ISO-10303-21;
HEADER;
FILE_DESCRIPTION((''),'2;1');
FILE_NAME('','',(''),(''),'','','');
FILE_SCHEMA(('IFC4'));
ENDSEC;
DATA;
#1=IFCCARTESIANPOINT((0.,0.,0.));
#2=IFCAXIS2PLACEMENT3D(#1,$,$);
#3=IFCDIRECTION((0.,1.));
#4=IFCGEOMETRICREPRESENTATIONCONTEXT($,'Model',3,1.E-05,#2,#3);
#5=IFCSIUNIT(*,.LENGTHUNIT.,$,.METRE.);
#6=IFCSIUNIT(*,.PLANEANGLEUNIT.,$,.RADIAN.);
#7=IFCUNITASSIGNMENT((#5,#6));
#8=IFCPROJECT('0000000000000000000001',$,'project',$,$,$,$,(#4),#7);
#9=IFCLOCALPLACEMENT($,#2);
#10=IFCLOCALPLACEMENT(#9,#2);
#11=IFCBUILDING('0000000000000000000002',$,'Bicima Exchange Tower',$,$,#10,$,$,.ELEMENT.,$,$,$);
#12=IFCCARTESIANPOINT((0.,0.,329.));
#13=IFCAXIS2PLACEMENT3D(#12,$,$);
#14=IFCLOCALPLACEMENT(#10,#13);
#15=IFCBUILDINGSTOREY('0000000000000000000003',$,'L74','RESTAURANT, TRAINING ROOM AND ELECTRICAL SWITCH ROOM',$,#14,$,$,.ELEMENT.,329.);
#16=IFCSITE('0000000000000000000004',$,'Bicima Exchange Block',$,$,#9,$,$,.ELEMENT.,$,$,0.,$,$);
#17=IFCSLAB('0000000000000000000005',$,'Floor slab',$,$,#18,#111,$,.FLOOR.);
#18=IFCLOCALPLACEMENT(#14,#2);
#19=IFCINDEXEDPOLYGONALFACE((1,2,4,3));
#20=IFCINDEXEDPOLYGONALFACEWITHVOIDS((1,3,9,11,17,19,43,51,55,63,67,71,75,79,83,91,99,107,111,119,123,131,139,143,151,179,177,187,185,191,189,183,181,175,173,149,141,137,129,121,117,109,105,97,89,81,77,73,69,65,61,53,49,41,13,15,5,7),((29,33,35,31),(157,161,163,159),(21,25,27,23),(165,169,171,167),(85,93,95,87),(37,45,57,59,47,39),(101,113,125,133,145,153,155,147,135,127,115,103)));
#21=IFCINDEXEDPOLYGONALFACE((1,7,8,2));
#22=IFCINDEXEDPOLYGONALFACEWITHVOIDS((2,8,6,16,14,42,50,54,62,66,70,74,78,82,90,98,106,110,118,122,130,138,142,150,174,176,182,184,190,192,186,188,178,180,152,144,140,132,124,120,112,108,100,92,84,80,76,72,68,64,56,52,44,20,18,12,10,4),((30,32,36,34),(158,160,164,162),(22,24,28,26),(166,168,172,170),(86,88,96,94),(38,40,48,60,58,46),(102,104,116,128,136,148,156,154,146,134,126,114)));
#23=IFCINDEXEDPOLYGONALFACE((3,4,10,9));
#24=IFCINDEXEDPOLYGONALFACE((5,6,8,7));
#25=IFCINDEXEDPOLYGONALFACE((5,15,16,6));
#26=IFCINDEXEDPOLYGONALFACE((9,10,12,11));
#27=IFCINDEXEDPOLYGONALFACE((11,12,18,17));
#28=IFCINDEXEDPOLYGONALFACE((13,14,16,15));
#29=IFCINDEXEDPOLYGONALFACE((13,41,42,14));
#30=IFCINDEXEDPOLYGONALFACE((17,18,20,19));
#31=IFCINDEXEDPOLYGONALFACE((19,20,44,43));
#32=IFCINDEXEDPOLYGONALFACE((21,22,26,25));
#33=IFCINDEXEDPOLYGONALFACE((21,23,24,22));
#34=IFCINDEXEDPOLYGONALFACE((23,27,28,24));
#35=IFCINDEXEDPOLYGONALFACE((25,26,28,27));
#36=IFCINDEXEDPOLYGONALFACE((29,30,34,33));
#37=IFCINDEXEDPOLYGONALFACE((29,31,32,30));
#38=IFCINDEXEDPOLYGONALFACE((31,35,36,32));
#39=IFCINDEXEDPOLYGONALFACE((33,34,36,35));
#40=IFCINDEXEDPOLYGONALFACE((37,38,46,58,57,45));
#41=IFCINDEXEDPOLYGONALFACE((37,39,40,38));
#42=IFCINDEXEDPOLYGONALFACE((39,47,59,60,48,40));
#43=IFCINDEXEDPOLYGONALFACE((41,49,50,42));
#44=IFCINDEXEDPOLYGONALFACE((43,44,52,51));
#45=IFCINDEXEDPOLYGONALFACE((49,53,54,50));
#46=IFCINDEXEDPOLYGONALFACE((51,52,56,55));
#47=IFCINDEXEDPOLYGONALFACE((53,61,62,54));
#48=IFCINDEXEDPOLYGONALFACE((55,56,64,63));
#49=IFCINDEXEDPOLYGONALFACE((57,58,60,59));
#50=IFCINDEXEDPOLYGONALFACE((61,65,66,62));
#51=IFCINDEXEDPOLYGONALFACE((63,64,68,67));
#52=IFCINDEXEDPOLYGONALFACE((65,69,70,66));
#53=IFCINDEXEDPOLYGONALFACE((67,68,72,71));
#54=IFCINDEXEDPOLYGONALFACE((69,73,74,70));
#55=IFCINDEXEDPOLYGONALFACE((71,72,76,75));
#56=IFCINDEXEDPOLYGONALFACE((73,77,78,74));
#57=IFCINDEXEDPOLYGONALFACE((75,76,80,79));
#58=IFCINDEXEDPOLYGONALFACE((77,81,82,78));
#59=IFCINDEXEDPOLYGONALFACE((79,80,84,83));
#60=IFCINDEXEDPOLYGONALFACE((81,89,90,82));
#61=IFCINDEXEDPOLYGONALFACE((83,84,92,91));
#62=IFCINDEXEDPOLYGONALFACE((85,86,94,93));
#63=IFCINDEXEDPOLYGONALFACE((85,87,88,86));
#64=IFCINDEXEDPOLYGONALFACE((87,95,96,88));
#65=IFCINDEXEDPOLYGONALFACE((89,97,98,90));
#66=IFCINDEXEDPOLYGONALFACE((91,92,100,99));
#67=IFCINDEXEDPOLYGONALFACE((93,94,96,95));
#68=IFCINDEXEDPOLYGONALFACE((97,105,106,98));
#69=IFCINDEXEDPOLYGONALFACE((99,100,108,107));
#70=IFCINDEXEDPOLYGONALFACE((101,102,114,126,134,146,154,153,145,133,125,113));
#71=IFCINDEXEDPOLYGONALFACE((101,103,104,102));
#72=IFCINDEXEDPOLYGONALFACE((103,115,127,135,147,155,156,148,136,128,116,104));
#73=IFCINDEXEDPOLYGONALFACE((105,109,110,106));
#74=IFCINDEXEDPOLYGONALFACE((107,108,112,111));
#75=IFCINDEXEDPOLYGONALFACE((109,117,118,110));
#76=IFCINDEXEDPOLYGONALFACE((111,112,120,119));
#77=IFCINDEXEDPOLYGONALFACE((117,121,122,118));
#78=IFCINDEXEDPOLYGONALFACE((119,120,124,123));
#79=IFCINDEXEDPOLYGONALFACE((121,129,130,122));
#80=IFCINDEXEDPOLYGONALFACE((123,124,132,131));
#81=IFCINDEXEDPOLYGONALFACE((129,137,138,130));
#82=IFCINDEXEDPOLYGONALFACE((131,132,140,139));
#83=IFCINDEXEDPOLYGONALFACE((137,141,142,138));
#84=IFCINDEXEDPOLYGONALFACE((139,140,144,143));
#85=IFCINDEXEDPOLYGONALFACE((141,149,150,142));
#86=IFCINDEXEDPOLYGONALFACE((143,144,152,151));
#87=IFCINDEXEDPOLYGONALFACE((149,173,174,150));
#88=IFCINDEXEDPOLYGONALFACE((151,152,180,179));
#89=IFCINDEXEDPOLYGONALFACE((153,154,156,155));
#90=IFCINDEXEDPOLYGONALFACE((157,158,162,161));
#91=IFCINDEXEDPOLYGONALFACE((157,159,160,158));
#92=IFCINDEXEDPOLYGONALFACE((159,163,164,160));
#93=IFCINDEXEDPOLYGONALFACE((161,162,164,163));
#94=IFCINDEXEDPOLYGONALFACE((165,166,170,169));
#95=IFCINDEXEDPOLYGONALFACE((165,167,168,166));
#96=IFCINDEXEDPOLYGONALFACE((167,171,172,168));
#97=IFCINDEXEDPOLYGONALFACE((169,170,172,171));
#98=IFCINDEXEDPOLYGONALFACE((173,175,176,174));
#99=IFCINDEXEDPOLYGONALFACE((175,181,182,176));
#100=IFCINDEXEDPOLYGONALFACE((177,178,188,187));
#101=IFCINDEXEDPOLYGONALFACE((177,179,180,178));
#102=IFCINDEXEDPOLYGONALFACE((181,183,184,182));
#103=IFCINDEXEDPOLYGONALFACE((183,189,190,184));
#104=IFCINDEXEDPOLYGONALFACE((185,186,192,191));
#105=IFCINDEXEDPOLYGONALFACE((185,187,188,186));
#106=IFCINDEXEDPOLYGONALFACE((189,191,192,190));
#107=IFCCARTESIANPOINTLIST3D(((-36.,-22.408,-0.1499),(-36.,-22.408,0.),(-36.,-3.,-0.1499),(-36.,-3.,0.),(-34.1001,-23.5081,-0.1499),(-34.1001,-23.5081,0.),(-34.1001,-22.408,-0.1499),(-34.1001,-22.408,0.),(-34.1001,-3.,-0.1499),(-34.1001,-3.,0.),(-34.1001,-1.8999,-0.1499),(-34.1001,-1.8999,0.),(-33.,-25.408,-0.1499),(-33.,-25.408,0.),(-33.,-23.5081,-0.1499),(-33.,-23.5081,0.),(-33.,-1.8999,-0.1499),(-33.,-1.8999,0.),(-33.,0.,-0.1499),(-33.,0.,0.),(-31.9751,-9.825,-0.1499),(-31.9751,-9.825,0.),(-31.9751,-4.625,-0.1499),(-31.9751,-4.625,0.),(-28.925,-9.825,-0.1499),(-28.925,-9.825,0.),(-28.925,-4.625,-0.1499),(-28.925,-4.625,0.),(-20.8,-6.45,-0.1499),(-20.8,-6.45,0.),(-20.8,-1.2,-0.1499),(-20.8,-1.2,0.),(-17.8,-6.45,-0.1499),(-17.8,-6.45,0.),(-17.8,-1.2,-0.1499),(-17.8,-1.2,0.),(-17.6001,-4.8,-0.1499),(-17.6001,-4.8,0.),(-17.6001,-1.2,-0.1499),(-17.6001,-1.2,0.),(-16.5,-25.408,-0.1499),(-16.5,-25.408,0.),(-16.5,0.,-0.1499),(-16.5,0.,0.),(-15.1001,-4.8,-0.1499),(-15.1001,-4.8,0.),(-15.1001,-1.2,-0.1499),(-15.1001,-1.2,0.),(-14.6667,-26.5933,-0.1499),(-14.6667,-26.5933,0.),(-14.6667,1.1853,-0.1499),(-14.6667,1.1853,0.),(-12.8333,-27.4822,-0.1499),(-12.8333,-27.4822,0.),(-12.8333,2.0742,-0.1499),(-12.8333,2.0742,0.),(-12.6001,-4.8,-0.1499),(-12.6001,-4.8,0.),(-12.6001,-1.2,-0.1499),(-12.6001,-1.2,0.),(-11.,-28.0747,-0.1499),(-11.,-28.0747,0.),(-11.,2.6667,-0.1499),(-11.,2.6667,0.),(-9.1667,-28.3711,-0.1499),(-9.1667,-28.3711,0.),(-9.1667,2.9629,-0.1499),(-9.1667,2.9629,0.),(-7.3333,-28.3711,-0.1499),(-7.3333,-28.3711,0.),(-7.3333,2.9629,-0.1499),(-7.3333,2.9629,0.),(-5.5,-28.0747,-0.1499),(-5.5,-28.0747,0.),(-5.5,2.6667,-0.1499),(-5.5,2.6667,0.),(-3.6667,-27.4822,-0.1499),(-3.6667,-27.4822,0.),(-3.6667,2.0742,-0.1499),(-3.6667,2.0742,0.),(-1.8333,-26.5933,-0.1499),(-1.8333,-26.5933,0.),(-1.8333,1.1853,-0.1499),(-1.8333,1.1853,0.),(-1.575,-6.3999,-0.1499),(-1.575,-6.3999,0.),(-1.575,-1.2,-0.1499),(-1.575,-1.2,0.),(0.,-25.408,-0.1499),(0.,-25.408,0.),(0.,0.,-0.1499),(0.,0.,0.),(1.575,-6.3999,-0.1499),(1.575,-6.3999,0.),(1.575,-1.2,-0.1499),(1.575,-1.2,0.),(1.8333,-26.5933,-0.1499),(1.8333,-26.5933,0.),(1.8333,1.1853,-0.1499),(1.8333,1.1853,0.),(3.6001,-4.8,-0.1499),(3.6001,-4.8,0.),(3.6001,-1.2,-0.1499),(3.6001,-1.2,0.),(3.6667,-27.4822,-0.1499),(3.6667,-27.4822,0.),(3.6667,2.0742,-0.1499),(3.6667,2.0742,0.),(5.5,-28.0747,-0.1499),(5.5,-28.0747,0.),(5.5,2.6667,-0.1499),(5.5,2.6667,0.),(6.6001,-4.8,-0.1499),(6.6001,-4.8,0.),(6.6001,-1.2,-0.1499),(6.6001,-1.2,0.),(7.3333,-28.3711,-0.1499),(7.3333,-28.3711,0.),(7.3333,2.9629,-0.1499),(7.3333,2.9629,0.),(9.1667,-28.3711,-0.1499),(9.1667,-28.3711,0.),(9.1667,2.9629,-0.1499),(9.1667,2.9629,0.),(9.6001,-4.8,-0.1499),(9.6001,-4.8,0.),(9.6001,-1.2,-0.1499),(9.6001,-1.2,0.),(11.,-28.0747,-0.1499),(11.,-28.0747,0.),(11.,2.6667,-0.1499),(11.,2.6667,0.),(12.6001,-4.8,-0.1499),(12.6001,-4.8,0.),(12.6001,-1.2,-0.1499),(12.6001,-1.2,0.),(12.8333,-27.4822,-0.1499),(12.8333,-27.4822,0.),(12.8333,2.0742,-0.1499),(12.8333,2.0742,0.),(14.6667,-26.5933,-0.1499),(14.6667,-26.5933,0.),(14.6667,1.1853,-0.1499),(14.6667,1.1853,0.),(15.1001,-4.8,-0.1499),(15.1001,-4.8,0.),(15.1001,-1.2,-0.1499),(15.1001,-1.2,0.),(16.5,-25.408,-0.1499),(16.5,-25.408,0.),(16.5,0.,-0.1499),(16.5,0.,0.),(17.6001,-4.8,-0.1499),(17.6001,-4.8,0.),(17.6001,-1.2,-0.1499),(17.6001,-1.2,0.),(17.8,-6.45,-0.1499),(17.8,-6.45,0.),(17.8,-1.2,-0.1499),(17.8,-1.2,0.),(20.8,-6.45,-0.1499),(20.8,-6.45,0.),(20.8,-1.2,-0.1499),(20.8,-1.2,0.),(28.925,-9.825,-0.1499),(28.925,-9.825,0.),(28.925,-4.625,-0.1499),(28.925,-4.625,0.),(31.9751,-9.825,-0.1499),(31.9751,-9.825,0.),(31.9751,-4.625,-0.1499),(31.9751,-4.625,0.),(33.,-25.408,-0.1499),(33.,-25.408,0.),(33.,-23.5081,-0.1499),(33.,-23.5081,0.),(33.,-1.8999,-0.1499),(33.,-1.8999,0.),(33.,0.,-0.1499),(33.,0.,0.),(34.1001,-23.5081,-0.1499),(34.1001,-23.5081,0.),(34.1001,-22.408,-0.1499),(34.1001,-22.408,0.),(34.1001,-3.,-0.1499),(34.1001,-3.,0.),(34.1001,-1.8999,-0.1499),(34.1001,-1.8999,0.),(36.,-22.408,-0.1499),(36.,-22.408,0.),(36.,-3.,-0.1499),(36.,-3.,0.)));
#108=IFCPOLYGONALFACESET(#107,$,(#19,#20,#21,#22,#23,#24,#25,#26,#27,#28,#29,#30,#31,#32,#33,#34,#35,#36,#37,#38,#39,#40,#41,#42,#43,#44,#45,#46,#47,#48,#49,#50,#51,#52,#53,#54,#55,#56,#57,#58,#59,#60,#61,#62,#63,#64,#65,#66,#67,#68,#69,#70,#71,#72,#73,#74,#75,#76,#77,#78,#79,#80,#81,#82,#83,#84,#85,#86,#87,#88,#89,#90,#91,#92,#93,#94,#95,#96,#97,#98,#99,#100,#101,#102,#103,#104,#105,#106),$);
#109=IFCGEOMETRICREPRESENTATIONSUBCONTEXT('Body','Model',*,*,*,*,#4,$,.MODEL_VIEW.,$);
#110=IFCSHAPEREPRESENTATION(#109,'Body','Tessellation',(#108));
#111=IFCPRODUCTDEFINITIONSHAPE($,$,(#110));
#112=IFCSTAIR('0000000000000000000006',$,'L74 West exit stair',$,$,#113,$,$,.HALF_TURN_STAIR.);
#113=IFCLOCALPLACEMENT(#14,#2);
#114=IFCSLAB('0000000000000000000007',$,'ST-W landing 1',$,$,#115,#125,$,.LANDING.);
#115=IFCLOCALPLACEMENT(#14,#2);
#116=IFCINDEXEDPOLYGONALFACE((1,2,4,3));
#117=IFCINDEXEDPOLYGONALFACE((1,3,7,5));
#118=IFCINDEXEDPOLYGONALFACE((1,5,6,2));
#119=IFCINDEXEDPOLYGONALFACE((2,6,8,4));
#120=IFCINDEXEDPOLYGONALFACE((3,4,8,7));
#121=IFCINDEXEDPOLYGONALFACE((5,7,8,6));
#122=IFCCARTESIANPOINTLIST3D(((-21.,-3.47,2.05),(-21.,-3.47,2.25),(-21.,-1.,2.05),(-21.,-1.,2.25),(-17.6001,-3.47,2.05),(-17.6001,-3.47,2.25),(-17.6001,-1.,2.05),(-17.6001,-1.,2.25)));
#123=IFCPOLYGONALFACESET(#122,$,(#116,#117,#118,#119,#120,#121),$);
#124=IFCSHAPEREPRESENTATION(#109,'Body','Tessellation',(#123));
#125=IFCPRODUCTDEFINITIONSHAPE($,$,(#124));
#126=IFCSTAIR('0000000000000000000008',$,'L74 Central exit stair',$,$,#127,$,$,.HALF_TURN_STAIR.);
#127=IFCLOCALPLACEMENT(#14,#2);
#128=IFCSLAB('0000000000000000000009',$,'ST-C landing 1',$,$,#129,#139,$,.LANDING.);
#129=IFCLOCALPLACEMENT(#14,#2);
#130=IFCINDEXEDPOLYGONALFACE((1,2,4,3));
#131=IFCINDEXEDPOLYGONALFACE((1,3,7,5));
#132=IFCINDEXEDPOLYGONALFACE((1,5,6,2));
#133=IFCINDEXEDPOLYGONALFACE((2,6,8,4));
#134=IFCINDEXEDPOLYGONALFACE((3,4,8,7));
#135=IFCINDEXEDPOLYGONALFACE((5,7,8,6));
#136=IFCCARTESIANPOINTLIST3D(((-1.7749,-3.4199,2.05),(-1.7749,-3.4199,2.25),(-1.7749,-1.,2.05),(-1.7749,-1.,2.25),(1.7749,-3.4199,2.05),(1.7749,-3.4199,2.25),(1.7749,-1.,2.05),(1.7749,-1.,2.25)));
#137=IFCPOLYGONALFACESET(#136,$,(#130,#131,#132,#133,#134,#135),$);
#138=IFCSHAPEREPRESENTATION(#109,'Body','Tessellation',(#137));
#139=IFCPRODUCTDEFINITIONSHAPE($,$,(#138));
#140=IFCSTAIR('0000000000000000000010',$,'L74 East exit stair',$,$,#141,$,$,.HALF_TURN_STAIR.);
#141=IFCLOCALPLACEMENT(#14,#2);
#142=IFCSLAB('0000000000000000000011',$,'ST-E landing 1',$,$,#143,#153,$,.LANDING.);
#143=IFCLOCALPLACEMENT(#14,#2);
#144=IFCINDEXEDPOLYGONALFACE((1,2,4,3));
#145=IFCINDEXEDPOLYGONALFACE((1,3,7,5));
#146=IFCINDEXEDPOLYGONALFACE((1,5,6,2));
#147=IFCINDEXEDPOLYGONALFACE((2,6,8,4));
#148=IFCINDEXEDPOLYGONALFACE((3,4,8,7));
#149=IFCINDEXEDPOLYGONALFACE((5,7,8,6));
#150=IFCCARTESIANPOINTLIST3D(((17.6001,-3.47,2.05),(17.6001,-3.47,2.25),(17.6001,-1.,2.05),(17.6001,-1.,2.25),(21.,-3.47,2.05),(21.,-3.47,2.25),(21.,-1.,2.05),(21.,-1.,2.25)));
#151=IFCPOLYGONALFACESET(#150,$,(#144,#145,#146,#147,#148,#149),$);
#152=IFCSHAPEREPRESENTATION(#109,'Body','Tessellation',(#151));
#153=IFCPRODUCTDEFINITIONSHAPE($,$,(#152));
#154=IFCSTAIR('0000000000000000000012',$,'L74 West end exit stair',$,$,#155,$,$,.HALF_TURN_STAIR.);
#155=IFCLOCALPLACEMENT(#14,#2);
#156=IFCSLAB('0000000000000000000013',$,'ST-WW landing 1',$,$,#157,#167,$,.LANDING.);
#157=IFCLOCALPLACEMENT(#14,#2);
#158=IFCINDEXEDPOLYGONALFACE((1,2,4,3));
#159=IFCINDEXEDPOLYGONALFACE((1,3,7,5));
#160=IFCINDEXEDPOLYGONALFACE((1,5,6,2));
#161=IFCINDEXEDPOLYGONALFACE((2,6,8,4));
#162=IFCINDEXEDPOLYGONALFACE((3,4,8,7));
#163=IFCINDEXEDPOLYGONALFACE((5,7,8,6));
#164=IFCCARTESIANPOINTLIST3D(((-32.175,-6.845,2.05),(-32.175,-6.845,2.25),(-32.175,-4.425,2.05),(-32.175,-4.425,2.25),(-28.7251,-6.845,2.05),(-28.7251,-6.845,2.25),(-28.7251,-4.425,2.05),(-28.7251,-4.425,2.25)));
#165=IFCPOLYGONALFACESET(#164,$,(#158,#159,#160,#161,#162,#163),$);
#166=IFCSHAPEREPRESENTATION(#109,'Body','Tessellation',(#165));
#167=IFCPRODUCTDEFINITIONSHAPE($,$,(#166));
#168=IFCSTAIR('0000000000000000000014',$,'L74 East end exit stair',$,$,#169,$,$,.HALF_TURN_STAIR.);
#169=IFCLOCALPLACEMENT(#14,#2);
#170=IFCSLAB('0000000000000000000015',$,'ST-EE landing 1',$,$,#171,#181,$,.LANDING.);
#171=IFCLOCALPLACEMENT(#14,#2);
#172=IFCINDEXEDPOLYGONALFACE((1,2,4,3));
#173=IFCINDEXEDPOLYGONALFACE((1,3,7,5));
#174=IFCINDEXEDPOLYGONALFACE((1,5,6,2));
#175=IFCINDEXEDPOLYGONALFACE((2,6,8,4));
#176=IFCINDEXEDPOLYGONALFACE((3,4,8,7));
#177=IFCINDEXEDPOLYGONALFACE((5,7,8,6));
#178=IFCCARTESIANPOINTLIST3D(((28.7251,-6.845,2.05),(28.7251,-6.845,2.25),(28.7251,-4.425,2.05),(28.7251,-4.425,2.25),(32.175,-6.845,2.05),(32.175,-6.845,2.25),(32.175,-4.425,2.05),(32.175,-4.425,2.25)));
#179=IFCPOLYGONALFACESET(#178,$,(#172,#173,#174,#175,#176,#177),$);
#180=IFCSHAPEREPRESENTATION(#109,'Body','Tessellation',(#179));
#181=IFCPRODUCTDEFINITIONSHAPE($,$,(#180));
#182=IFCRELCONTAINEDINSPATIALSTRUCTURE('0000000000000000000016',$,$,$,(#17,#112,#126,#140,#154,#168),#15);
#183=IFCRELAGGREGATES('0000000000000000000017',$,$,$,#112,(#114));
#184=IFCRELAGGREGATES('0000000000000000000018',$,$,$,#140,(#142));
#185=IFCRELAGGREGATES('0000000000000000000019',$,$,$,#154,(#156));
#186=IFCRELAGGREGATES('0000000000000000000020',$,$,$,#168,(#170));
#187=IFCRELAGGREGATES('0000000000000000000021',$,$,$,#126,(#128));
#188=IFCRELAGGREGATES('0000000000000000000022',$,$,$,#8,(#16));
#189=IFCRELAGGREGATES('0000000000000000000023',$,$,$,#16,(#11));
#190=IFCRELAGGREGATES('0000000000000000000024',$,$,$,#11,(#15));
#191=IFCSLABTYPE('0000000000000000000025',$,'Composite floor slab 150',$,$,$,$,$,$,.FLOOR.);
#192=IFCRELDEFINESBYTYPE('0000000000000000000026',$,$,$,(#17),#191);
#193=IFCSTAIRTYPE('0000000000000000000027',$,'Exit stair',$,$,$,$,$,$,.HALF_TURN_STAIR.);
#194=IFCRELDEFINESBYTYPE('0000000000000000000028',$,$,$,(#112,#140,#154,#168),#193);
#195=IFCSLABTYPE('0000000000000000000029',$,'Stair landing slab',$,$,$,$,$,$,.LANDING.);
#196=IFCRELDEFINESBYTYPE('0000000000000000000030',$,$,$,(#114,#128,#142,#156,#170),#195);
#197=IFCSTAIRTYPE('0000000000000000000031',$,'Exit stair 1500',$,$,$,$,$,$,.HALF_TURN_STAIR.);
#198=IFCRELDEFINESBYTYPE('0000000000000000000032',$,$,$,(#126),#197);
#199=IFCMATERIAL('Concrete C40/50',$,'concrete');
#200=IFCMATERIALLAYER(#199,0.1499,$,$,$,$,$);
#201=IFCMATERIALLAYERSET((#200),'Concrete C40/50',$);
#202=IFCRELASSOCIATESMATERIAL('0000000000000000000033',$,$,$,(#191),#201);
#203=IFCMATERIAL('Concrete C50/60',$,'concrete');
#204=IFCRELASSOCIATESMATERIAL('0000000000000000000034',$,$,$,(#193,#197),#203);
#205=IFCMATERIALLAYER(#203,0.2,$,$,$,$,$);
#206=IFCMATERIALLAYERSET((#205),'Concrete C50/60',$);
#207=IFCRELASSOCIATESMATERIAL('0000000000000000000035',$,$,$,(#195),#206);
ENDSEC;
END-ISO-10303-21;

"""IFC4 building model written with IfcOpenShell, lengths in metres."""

from ifc_helpers import new_model, si_unit, direction, frame, origin, place, context, subcontext, project, spatial, polyline, outline, extrude, material, layer, layer_set, type_object, element, aggregate, save


model = new_model("IFC4")

# Units and contexts
model_context = context("Model", 3, precision=1e-05, world=origin(), true_north=direction((0.0, 1.0)))
body_context = subcontext(model_context, "Body", "Model", "MODEL_VIEW")
ifc_project = project(units=[si_unit("LENGTHUNIT", "METRE"), si_unit("PLANEANGLEUNIT", "RADIAN")], contexts=[model_context])

# Site, building, storey
site_placement = place(None, origin())
site = spatial("IfcSite", under=ifc_project, at=site_placement, Name="Bicima Exchange Block", CompositionType="ELEMENT", RefElevation=0.0)
building_placement = place(site_placement, origin())
building = spatial("IfcBuilding", under=site, at=building_placement, Name="Bicima Exchange Tower", CompositionType="ELEMENT")
storey_placement = place(building_placement, frame((0.0, 0.0, 329.0)))
storey = spatial("IfcBuildingStorey", under=building, at=storey_placement, Name="L74", Description="RESTAURANT, TRAINING ROOM AND ELECTRICAL SWITCH ROOM", CompositionType="ELEMENT", Elevation=329.0)

# Slab
ifc_material_1 = material(Name="Concrete C40/50", Category="concrete")
ifc_layer_1 = layer(ifc_material_1, 0.1499)
ifc_layer_set_1 = layer_set([ifc_layer_1], Name="Concrete C40/50")
slab_type_1 = type_object("IfcSlabType", Name="Composite floor slab 150", PredefinedType="FLOOR", material=ifc_layer_set_1)
slab_1_placement = place(storey_placement, frame((0.0, 0.0, -0.1499)))
element("IfcSlab", 1, at=slab_1_placement, inside=storey, type_object=slab_type_1, Name="Floor slab", PredefinedType="FLOOR", context=body_context, shape_type="SweptSolid", body=[
    extrude(outline(polyline([(-36.0, -22.408), (-36.0, -3.0), (-34.1001, -3.0), (-34.1001, -1.8999), (-33.0, -1.8999), (-33.0, 0.0), (-16.5, 0.0), (-14.6667, 1.1853), (-12.8333, 2.0742), (-11.0, 2.6667), (-9.1667, 2.9629), (-7.3333, 2.9629), (-5.5, 2.6667), (-3.6667, 2.0742), (-1.8333, 1.1853), (0.0, 0.0), (1.8333, 1.1853), (3.6667, 2.0742), (5.5, 2.6667), (7.3333, 2.9629), (9.1667, 2.9629), (11.0, 2.6667), (12.8333, 2.0742), (14.6667, 1.1853), (16.5, 0.0), (33.0, 0.0), (33.0, -1.8999), (34.1001, -1.8999), (34.1001, -3.0), (36.0, -3.0), (36.0, -22.408), (34.1001, -22.408), (34.1001, -23.5081), (33.0, -23.5081), (33.0, -25.408), (16.5, -25.408), (14.6667, -26.5933), (12.8333, -27.4822), (11.0, -28.0747), (9.1667, -28.3711), (7.3333, -28.3711), (5.5, -28.0747), (3.6667, -27.4822), (1.8333, -26.5933), (0.0, -25.408), (-1.8333, -26.5933), (-3.6667, -27.4822), (-5.5, -28.0747), (-7.3333, -28.3711), (-9.1667, -28.3711), (-11.0, -28.0747), (-12.8333, -27.4822), (-14.6667, -26.5933), (-16.5, -25.408), (-33.0, -25.408), (-33.0, -23.5081), (-34.1001, -23.5081), (-34.1001, -22.408), (-36.0, -22.408)]), holes=[polyline([(-28.925, -9.825), (-28.925, -4.625), (-31.9751, -4.625), (-31.9751, -9.825), (-28.925, -9.825)]), polyline([(-20.8, -6.45), (-17.8, -6.45), (-17.8, -1.2), (-20.8, -1.2), (-20.8, -6.45)]), polyline([(-1.575, -6.3999), (1.575, -6.3999), (1.575, -1.2), (-1.575, -1.2), (-1.575, -6.3999)]), polyline([(-12.6001, -1.2), (-15.1001, -1.2), (-17.6001, -1.2), (-17.6001, -4.8), (-15.1001, -4.8), (-12.6001, -4.8), (-12.6001, -1.2)]), polyline([(3.6001, -4.8), (6.6001, -4.8), (9.6001, -4.8), (12.6001, -4.8), (15.1001, -4.8), (17.6001, -4.8), (17.6001, -1.2), (15.1001, -1.2), (12.6001, -1.2), (9.6001, -1.2), (6.6001, -1.2), (3.6001, -1.2), (3.6001, -4.8)]), polyline([(31.9751, -9.825), (31.9751, -4.625), (28.925, -4.625), (28.925, -9.825), (31.9751, -9.825)]), polyline([(17.8, -6.45), (20.8, -6.45), (20.8, -1.2), (17.8, -1.2), (17.8, -6.45)])]), origin(), (0.0, 0.0, 1.0), 0.1499),
])

# Stairs, slabs
ifc_material_2 = material(Name="Concrete C50/60", Category="concrete")
stair_type_1 = type_object("IfcStairType", Name="Exit stair", PredefinedType="HALF_TURN_STAIR", material=ifc_material_2)
stair_1_placement = place(storey_placement, origin())
stair_1 = element("IfcStair", 2, at=stair_1_placement, inside=storey, type_object=stair_type_1, Name="L74 West exit stair", PredefinedType="HALF_TURN_STAIR")
ifc_layer_2 = layer(ifc_material_2, 0.2)
ifc_layer_set_2 = layer_set([ifc_layer_2], Name="Concrete C50/60")
slab_type_2 = type_object("IfcSlabType", Name="Stair landing slab", PredefinedType="LANDING", material=ifc_layer_set_2)
slab_2_placement = place(storey_placement, frame((0.0, 0.0, 2.05)))
slab_2 = element("IfcSlab", 3, at=slab_2_placement, type_object=slab_type_2, Name="ST-W landing 1", PredefinedType="LANDING", context=body_context, shape_type="SweptSolid", body=[
    extrude(outline(polyline([(-17.6001, -3.47), (-17.6001, -1.0), (-21.0, -1.0), (-21.0, -3.47), (-17.6001, -3.47)])), origin(), (0.0, 0.0, 1.0), 0.2),
])
aggregate(stair_1, [slab_2])
stair_type_2 = type_object("IfcStairType", Name="Exit stair 1500", PredefinedType="HALF_TURN_STAIR", material=ifc_material_2)
stair_2_placement = place(storey_placement, origin())
stair_2 = element("IfcStair", 4, at=stair_2_placement, inside=storey, type_object=stair_type_2, Name="L74 Central exit stair", PredefinedType="HALF_TURN_STAIR")
slab_3_placement = place(storey_placement, frame((0.0, 0.0, 2.05)))
slab_3 = element("IfcSlab", 5, at=slab_3_placement, type_object=slab_type_2, Name="ST-C landing 1", PredefinedType="LANDING", context=body_context, shape_type="SweptSolid", body=[
    extrude(outline(polyline([(1.7749, -3.4199), (1.7749, -1.0), (-1.7749, -1.0), (-1.7749, -3.4199), (1.7749, -3.4199)])), origin(), (0.0, 0.0, 1.0), 0.2),
])
stair_3_placement = place(storey_placement, origin())
stair_3 = element("IfcStair", 6, at=stair_3_placement, inside=storey, type_object=stair_type_1, Name="L74 East exit stair", PredefinedType="HALF_TURN_STAIR")
slab_4_placement = place(storey_placement, frame((0.0, 0.0, 2.05)))
slab_4 = element("IfcSlab", 7, at=slab_4_placement, type_object=slab_type_2, Name="ST-E landing 1", PredefinedType="LANDING", context=body_context, shape_type="SweptSolid", body=[
    extrude(outline(polyline([(21.0, -3.47), (21.0, -1.0), (17.6001, -1.0), (17.6001, -3.47), (21.0, -3.47)])), origin(), (0.0, 0.0, 1.0), 0.2),
])
aggregate(stair_3, [slab_4])
stair_4_placement = place(storey_placement, origin())
stair_4 = element("IfcStair", 8, at=stair_4_placement, inside=storey, type_object=stair_type_1, Name="L74 West end exit stair", PredefinedType="HALF_TURN_STAIR")
slab_5_placement = place(storey_placement, frame((0.0, 0.0, 2.05)))
slab_5 = element("IfcSlab", 9, at=slab_5_placement, type_object=slab_type_2, Name="ST-WW landing 1", PredefinedType="LANDING", context=body_context, shape_type="SweptSolid", body=[
    extrude(outline(polyline([(-28.7251, -6.845), (-28.7251, -4.425), (-32.175, -4.425), (-32.175, -6.845), (-28.7251, -6.845)])), origin(), (0.0, 0.0, 1.0), 0.2),
])
aggregate(stair_4, [slab_5])
stair_5_placement = place(storey_placement, origin())
stair_5 = element("IfcStair", 10, at=stair_5_placement, inside=storey, type_object=stair_type_1, Name="L74 East end exit stair", PredefinedType="HALF_TURN_STAIR")
slab_6_placement = place(storey_placement, frame((0.0, 0.0, 2.05)))
slab_6 = element("IfcSlab", 11, at=slab_6_placement, type_object=slab_type_2, Name="ST-EE landing 1", PredefinedType="LANDING", context=body_context, shape_type="SweptSolid", body=[
    extrude(outline(polyline([(32.175, -6.845), (32.175, -4.425), (28.7251, -4.425), (28.7251, -6.845), (32.175, -6.845)])), origin(), (0.0, 0.0, 1.0), 0.2),
])
aggregate(stair_5, [slab_6])

aggregate(stair_2, [slab_3])

save(model, "model.ifc")
